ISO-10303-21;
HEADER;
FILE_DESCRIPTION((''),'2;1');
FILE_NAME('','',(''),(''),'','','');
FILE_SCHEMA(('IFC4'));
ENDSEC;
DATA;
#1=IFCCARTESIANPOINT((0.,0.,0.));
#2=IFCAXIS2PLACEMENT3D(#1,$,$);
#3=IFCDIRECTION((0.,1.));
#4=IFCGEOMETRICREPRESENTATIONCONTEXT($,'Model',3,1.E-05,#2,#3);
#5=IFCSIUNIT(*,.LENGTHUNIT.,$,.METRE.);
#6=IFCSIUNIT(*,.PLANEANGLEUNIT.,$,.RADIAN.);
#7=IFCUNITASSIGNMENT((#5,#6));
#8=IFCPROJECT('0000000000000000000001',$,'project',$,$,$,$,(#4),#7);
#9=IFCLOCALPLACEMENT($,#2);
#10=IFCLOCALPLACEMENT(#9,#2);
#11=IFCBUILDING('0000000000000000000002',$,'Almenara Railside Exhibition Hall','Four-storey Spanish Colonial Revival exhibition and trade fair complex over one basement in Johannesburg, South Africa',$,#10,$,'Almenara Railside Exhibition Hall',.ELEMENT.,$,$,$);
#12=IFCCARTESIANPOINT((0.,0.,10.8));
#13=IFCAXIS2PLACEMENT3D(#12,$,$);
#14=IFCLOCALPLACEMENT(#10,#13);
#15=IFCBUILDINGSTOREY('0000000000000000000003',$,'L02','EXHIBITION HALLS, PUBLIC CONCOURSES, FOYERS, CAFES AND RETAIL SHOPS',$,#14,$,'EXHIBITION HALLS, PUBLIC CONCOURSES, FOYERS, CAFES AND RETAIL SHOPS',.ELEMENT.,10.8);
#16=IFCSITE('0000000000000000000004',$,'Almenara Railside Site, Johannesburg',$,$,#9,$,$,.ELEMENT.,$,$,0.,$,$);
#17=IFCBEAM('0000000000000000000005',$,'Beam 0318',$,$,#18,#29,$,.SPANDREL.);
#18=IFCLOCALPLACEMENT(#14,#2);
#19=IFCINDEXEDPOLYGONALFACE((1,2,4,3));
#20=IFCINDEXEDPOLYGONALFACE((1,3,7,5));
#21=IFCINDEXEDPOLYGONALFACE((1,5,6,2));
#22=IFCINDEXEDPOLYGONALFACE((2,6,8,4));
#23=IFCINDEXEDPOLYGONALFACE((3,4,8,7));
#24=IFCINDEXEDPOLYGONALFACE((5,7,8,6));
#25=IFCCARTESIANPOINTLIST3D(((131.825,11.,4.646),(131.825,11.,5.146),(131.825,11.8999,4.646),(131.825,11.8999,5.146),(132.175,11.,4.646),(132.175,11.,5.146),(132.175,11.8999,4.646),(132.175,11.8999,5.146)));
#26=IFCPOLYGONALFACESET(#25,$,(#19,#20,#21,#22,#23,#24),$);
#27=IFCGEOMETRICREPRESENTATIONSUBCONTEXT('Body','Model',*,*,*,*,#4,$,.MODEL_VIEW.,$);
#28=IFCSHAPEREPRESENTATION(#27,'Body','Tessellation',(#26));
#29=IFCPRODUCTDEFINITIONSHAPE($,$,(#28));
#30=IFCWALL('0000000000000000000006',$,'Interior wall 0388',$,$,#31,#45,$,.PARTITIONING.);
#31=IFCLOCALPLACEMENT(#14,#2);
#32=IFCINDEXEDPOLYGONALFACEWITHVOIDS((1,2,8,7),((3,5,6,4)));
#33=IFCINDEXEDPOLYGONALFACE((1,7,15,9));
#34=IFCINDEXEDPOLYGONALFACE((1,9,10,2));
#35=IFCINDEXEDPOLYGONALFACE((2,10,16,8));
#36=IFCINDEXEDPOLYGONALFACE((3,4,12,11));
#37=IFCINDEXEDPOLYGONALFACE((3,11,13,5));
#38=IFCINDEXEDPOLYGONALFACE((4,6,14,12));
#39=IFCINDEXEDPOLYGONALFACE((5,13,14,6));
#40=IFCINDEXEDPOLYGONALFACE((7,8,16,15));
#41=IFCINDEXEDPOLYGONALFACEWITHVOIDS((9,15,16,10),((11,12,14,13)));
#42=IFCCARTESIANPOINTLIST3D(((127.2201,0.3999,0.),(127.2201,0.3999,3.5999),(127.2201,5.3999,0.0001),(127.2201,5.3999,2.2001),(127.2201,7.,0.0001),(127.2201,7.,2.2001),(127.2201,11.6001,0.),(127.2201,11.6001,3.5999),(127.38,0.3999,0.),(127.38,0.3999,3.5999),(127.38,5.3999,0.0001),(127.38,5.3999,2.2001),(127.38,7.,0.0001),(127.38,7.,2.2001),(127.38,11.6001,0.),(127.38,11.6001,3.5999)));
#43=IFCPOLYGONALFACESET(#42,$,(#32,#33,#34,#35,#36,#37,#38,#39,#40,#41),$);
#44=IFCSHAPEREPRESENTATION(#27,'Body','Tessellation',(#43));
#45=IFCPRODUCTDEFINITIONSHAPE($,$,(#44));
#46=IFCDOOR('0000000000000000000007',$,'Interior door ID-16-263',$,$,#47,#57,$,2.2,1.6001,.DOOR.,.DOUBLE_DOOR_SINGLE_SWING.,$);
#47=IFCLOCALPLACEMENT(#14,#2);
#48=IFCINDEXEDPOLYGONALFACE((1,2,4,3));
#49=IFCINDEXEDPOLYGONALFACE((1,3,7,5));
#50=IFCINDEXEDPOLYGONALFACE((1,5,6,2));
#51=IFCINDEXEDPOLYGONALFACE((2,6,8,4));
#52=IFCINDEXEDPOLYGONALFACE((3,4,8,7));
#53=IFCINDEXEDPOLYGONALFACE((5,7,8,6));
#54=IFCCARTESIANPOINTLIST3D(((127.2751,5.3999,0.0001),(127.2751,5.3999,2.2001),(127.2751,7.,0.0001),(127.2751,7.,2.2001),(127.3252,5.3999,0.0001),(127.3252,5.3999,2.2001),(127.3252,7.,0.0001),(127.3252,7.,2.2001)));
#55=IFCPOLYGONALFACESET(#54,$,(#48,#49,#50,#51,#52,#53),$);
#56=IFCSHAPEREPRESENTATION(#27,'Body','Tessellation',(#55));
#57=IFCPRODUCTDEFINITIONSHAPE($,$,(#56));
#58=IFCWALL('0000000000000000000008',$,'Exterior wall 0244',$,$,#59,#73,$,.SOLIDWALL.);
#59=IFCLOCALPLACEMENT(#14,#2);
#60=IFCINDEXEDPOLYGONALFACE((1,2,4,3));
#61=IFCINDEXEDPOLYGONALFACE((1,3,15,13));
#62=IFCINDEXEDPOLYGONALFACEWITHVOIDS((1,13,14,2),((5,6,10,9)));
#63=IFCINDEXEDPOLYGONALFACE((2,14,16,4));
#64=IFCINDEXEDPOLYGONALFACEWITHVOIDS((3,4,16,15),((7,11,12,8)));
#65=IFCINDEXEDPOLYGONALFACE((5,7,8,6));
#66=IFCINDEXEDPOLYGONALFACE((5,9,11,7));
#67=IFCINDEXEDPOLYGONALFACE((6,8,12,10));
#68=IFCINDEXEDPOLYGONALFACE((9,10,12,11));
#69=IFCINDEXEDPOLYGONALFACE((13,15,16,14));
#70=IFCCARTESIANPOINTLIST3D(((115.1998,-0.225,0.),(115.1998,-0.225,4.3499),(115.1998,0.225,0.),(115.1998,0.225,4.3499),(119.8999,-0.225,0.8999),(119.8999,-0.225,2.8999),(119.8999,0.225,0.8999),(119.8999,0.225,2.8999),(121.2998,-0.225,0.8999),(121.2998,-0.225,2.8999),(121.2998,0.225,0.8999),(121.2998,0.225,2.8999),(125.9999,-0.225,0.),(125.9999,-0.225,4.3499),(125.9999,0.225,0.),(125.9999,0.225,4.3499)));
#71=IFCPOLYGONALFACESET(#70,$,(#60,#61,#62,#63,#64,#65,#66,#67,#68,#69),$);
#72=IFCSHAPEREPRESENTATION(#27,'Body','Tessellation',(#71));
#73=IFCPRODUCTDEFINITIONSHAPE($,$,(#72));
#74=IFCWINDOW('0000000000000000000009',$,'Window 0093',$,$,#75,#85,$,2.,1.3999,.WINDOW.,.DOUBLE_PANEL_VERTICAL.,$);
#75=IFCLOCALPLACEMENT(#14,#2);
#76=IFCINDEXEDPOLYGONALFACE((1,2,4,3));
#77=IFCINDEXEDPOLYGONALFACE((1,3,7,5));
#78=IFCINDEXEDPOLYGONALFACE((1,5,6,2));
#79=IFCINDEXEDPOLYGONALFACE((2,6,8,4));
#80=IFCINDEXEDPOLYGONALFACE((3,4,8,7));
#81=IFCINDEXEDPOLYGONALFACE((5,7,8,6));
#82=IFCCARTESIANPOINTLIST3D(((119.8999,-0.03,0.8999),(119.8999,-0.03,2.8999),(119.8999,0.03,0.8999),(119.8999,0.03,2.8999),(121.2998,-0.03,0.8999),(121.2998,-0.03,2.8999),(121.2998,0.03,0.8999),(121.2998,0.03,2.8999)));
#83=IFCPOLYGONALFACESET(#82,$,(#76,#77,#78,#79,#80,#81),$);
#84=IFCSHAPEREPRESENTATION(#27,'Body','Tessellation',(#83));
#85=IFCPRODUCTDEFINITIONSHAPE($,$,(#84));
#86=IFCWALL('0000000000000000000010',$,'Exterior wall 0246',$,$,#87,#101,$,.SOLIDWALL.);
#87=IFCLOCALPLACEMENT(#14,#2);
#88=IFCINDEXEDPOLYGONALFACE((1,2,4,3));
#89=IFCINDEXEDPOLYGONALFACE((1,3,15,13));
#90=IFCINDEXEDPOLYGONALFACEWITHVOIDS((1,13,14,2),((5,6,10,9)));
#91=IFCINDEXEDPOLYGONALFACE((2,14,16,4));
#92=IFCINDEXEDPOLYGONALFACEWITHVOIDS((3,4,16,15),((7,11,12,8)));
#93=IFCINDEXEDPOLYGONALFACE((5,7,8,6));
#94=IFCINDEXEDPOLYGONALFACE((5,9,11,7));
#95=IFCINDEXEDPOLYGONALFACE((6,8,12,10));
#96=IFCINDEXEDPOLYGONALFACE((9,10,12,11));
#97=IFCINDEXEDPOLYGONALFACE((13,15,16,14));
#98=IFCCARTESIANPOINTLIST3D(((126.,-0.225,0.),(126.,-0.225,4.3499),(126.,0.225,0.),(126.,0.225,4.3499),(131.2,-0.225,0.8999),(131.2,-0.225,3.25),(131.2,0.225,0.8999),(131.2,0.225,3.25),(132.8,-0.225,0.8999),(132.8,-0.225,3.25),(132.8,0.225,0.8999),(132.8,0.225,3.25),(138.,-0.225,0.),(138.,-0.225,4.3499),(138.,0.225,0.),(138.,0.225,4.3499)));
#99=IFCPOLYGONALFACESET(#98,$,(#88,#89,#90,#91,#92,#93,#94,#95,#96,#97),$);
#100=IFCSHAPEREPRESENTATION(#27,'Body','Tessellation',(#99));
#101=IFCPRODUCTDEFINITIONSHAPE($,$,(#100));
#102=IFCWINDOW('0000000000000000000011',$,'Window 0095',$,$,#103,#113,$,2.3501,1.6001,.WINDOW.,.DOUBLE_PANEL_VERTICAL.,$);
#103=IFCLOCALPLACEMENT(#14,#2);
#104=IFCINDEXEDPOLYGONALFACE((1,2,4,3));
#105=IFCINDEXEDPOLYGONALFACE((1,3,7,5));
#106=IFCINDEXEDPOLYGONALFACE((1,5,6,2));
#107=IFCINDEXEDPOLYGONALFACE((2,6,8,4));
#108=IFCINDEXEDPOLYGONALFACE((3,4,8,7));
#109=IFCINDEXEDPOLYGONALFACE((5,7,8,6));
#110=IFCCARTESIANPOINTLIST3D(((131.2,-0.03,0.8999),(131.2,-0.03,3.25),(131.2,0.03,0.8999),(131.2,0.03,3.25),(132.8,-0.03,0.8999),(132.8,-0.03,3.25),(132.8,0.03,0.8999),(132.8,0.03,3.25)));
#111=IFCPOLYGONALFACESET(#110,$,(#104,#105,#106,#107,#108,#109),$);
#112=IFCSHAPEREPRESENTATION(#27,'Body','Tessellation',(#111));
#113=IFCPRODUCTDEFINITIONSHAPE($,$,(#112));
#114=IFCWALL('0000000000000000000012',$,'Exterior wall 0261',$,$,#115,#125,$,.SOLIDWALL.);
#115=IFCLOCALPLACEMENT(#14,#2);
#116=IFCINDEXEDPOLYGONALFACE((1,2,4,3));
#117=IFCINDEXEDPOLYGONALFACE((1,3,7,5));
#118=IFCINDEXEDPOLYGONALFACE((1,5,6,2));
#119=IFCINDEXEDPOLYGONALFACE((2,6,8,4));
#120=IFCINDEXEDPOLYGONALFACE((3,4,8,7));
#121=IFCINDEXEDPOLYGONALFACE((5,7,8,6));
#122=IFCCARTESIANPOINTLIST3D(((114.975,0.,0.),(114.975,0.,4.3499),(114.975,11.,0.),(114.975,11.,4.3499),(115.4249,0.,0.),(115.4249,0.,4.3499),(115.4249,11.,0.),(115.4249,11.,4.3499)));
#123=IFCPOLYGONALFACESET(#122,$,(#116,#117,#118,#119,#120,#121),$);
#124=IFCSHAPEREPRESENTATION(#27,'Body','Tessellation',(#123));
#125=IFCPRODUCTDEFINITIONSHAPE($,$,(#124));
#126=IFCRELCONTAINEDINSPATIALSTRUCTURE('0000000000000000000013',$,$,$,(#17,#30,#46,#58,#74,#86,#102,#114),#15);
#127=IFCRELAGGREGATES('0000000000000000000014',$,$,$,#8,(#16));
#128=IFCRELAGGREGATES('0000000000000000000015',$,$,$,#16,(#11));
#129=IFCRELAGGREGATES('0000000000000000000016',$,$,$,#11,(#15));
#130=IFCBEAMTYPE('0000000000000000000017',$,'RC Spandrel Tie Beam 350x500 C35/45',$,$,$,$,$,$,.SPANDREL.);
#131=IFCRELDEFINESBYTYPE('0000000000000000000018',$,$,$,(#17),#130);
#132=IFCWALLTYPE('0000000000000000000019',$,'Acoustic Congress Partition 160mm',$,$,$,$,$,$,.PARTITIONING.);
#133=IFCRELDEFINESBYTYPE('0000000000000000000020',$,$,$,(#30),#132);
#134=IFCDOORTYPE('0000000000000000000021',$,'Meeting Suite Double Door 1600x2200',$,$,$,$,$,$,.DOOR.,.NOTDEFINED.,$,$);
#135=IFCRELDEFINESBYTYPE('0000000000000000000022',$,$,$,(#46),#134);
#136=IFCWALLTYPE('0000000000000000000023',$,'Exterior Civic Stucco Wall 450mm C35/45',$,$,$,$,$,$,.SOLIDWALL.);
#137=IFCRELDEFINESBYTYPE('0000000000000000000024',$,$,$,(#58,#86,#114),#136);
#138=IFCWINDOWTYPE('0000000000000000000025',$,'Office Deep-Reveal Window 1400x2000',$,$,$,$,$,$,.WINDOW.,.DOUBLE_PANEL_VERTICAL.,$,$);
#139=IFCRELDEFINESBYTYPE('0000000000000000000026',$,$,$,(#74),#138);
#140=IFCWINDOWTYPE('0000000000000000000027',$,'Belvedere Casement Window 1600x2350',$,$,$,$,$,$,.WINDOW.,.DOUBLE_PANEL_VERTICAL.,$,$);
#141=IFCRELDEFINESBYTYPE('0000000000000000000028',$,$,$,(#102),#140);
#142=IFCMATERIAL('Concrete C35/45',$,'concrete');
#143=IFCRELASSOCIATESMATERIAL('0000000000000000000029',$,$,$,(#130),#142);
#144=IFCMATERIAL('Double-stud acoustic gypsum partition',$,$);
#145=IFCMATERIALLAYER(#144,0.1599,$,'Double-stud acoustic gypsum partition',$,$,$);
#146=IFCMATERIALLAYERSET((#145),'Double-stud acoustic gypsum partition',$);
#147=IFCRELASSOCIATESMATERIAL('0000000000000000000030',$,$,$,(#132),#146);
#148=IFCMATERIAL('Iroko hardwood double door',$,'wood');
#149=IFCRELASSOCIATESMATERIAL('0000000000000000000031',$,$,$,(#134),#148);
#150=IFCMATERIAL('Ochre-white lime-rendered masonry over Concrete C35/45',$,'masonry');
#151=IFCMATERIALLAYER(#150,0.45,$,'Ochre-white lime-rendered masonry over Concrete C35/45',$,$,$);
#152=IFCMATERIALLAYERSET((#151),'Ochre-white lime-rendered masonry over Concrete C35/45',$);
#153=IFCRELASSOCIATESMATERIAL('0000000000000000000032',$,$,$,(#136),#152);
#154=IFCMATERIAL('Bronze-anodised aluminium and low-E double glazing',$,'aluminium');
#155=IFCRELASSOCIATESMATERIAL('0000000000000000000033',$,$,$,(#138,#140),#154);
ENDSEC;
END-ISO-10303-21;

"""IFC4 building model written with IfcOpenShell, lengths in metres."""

from ifc_helpers import new_model, si_unit, direction, frame, frame_2d, origin, origin_2d, place, context, subcontext, project, spatial, rectangle, extrude, material, layer, layer_set, material_profile, profile_set, type_object, element, fill, save


model = new_model("IFC4")

# Units and contexts
model_context = context("Model", 3, precision=1e-05, world=origin(), true_north=direction((0.0, 1.0)))
body_context = subcontext(model_context, "Body", "Model", "MODEL_VIEW")
ifc_project = project(units=[si_unit("LENGTHUNIT", "METRE"), si_unit("PLANEANGLEUNIT", "RADIAN")], contexts=[model_context])

# Site, building, storey
site_placement = place(None, origin())
site = spatial("IfcSite", under=ifc_project, at=site_placement, Name="Almenara Railside Site, Johannesburg", CompositionType="ELEMENT", RefElevation=0.0)
building_placement = place(site_placement, origin())
building = spatial("IfcBuilding", under=site, at=building_placement, Name="Almenara Railside Exhibition Hall", Description="Four-storey Spanish Colonial Revival exhibition and trade fair complex over one basement in Johannesburg, South Africa", LongName="Almenara Railside Exhibition Hall", CompositionType="ELEMENT")
storey_placement = place(building_placement, frame((0.0, 0.0, 10.8)))
storey = spatial("IfcBuildingStorey", under=building, at=storey_placement, Name="L02", Description="EXHIBITION HALLS, PUBLIC CONCOURSES, FOYERS, CAFES AND RETAIL SHOPS", LongName="EXHIBITION HALLS, PUBLIC CONCOURSES, FOYERS, CAFES AND RETAIL SHOPS", CompositionType="ELEMENT", Elevation=10.8)

# Shared definitions
ifc_material_1 = material(Name="Concrete C35/45", Category="concrete")

# Beam
ifc_material_profile_1 = material_profile(ifc_material_1, rectangle(XDim=0.3501, YDim=0.5, at=origin_2d()), Name="RC 350x500")
ifc_profile_set_1 = profile_set([ifc_material_profile_1], Name="Concrete C35/45")
beam_type_1 = type_object("IfcBeamType", Name="RC Spandrel Tie Beam 350x500 C35/45", PredefinedType="SPANDREL", material=ifc_profile_set_1)
beam_1_placement = place(storey_placement, frame((132.0, 11.0, 4.896), z_axis=(0.0, 1.0, 0.0), x_axis=(-1.0, 0.0, 0.0)))
element("IfcBeam", 1, at=beam_1_placement, inside=storey, type_object=beam_type_1, Name="Beam 0318", PredefinedType="SPANDREL", context=body_context, shape_type="SweptSolid", body=[
    extrude(rectangle(XDim=0.3501, YDim=0.5, at=origin_2d()), origin(), (0.0, 0.0, 1.0), 0.8999),
])

# Wall, opening, door
ifc_material_2 = material(Name="Double-stud acoustic gypsum partition")
ifc_layer_1 = layer(ifc_material_2, 0.1599, Name="Double-stud acoustic gypsum partition")
ifc_layer_set_1 = layer_set([ifc_layer_1], Name="Double-stud acoustic gypsum partition")
wall_type_1 = type_object("IfcWallType", Name="Acoustic Congress Partition 160mm", PredefinedType="PARTITIONING", material=ifc_layer_set_1)
wall_1_placement = place(storey_placement, frame((127.3, 0.3999, 0.0), z_axis=(0.0, 0.0, 1.0), x_axis=(0.0, 1.0, 0.0)))
wall_1 = element("IfcWall", 2, at=wall_1_placement, inside=storey, type_object=wall_type_1, Name="Interior wall 0388", PredefinedType="PARTITIONING", context=body_context, shape_type="SweptSolid", body=[
    extrude(rectangle(XDim=11.2002, YDim=0.1599, at=frame_2d((5.6001, 0.0))), origin(), (0.0, 0.0, 1.0), 3.5999),
])
opening_1_placement = place(wall_1_placement, frame((5.0, 0.0, 0.0)))
opening_1 = element("IfcOpeningElement", 3, at=opening_1_placement, cuts=wall_1, PredefinedType="OPENING", context=body_context, shape_type="SweptSolid", body=[
    extrude(rectangle(XDim=1.6001, YDim=2.2, at=frame_2d((0.8, 1.1001))), frame((0.0, 0.0898, 0.0), z_axis=(0.0, -1.0, 0.0), x_axis=(1.0, 0.0, 0.0)), (0.0, 0.0, 1.0), 0.1799),
])
ifc_material_3 = material(Name="Iroko hardwood double door", Category="wood")
door_type = type_object("IfcDoorType", Name="Meeting Suite Double Door 1600x2200", OperationType="NOTDEFINED", PredefinedType="DOOR", material=ifc_material_3)
door_placement = place(opening_1_placement, origin())
door = element("IfcDoor", 4, at=door_placement, inside=storey, type_object=door_type, Name="Interior door ID-16-263", OperationType="DOUBLE_DOOR_SINGLE_SWING", OverallHeight=2.2, OverallWidth=1.6001, PredefinedType="DOOR", context=body_context, shape_type="SweptSolid", body=[
    extrude(rectangle(XDim=1.6001, YDim=2.2, at=frame_2d((0.8, 1.1001))), frame((0.0, 0.0249, 0.0), z_axis=(0.0, -1.0, 0.0), x_axis=(1.0, 0.0, 0.0)), (0.0, 0.0, 1.0), 0.05),
])
fill(opening_1, door)

# Walls, openings, windows
ifc_material_4 = material(Name="Ochre-white lime-rendered masonry over Concrete C35/45", Category="masonry")
ifc_layer_2 = layer(ifc_material_4, 0.45, Name="Ochre-white lime-rendered masonry over Concrete C35/45")
ifc_layer_set_2 = layer_set([ifc_layer_2], Name="Ochre-white lime-rendered masonry over Concrete C35/45")
wall_type_2 = type_object("IfcWallType", Name="Exterior Civic Stucco Wall 450mm C35/45", PredefinedType="SOLIDWALL", material=ifc_layer_set_2)
wall_2_placement = place(storey_placement, frame((115.2, 0.0, 0.0), z_axis=(0.0, 0.0, 1.0), x_axis=(1.0, 0.0, 0.0)))
wall_2 = element("IfcWall", 5, at=wall_2_placement, inside=storey, type_object=wall_type_2, Name="Exterior wall 0244", PredefinedType="SOLIDWALL", context=body_context, shape_type="SweptSolid", body=[
    extrude(rectangle(XDim=10.8, YDim=0.45, at=frame_2d((5.3999, 0.0))), origin(), (0.0, 0.0, 1.0), 4.3499),
])
opening_2_placement = place(wall_2_placement, frame((4.7, 0.0, 0.8999)))
opening_2 = element("IfcOpeningElement", 6, at=opening_2_placement, cuts=wall_2, PredefinedType="OPENING", context=body_context, shape_type="SweptSolid", body=[
    extrude(rectangle(XDim=1.3999, YDim=2.0, at=frame_2d((0.7, 1.0))), frame((0.0, 0.2349, 0.0), z_axis=(0.0, -1.0, 0.0), x_axis=(1.0, 0.0, 0.0)), (0.0, 0.0, 1.0), 0.47),
])
ifc_material_5 = material(Name="Bronze-anodised aluminium and low-E double glazing", Category="aluminium")
window_type_1 = type_object("IfcWindowType", Name="Office Deep-Reveal Window 1400x2000", PartitioningType="DOUBLE_PANEL_VERTICAL", PredefinedType="WINDOW", material=ifc_material_5)
window_1_placement = place(opening_2_placement, origin())
window_1 = element("IfcWindow", 7, at=window_1_placement, inside=storey, type_object=window_type_1, Name="Window 0093", OverallHeight=2.0, OverallWidth=1.3999, PartitioningType="DOUBLE_PANEL_VERTICAL", PredefinedType="WINDOW", context=body_context, shape_type="SweptSolid", body=[
    extrude(rectangle(XDim=1.3999, YDim=2.0, at=frame_2d((0.7, 1.0))), frame((0.0, 0.03, 0.0), z_axis=(0.0, -1.0, 0.0), x_axis=(1.0, 0.0, 0.0)), (0.0, 0.0, 1.0), 0.0601),
])
fill(opening_2, window_1)
wall_3_placement = place(storey_placement, frame((126.0, 0.0, 0.0), z_axis=(0.0, 0.0, 1.0), x_axis=(1.0, 0.0, 0.0)))
wall_3 = element("IfcWall", 8, at=wall_3_placement, inside=storey, type_object=wall_type_2, Name="Exterior wall 0246", PredefinedType="SOLIDWALL", context=body_context, shape_type="SweptSolid", body=[
    extrude(rectangle(XDim=12.0, YDim=0.45, at=frame_2d((6.0, 0.0))), origin(), (0.0, 0.0, 1.0), 4.3499),
])
opening_3_placement = place(wall_3_placement, frame((5.2, 0.0, 0.8999)))
opening_3 = element("IfcOpeningElement", 9, at=opening_3_placement, cuts=wall_3, PredefinedType="OPENING", context=body_context, shape_type="SweptSolid", body=[
    extrude(rectangle(XDim=1.6001, YDim=2.3501, at=frame_2d((0.8, 1.175))), frame((0.0, 0.2349, 0.0), z_axis=(0.0, -1.0, 0.0), x_axis=(1.0, 0.0, 0.0)), (0.0, 0.0, 1.0), 0.47),
])
window_type_2 = type_object("IfcWindowType", Name="Belvedere Casement Window 1600x2350", PartitioningType="DOUBLE_PANEL_VERTICAL", PredefinedType="WINDOW", material=ifc_material_5)
window_2_placement = place(opening_3_placement, origin())
window_2 = element("IfcWindow", 10, at=window_2_placement, inside=storey, type_object=window_type_2, Name="Window 0095", OverallHeight=2.3501, OverallWidth=1.6001, PartitioningType="DOUBLE_PANEL_VERTICAL", PredefinedType="WINDOW", context=body_context, shape_type="SweptSolid", body=[
    extrude(rectangle(XDim=1.6001, YDim=2.3501, at=frame_2d((0.8, 1.175))), frame((0.0, 0.03, 0.0), z_axis=(0.0, -1.0, 0.0), x_axis=(1.0, 0.0, 0.0)), (0.0, 0.0, 1.0), 0.0601),
])
fill(opening_3, window_2)

# Wall
wall_4_placement = place(storey_placement, frame((115.2, 11.0, 0.0), z_axis=(0.0, 0.0, 1.0), x_axis=(0.0, -1.0, 0.0)))
element("IfcWall", 11, at=wall_4_placement, inside=storey, type_object=wall_type_2, Name="Exterior wall 0261", PredefinedType="SOLIDWALL", context=body_context, shape_type="SweptSolid", body=[
    extrude(rectangle(XDim=11.0, YDim=0.45, at=frame_2d((5.5, 0.0))), origin(), (0.0, 0.0, 1.0), 4.3499),
])

save(model, "model.ifc")
